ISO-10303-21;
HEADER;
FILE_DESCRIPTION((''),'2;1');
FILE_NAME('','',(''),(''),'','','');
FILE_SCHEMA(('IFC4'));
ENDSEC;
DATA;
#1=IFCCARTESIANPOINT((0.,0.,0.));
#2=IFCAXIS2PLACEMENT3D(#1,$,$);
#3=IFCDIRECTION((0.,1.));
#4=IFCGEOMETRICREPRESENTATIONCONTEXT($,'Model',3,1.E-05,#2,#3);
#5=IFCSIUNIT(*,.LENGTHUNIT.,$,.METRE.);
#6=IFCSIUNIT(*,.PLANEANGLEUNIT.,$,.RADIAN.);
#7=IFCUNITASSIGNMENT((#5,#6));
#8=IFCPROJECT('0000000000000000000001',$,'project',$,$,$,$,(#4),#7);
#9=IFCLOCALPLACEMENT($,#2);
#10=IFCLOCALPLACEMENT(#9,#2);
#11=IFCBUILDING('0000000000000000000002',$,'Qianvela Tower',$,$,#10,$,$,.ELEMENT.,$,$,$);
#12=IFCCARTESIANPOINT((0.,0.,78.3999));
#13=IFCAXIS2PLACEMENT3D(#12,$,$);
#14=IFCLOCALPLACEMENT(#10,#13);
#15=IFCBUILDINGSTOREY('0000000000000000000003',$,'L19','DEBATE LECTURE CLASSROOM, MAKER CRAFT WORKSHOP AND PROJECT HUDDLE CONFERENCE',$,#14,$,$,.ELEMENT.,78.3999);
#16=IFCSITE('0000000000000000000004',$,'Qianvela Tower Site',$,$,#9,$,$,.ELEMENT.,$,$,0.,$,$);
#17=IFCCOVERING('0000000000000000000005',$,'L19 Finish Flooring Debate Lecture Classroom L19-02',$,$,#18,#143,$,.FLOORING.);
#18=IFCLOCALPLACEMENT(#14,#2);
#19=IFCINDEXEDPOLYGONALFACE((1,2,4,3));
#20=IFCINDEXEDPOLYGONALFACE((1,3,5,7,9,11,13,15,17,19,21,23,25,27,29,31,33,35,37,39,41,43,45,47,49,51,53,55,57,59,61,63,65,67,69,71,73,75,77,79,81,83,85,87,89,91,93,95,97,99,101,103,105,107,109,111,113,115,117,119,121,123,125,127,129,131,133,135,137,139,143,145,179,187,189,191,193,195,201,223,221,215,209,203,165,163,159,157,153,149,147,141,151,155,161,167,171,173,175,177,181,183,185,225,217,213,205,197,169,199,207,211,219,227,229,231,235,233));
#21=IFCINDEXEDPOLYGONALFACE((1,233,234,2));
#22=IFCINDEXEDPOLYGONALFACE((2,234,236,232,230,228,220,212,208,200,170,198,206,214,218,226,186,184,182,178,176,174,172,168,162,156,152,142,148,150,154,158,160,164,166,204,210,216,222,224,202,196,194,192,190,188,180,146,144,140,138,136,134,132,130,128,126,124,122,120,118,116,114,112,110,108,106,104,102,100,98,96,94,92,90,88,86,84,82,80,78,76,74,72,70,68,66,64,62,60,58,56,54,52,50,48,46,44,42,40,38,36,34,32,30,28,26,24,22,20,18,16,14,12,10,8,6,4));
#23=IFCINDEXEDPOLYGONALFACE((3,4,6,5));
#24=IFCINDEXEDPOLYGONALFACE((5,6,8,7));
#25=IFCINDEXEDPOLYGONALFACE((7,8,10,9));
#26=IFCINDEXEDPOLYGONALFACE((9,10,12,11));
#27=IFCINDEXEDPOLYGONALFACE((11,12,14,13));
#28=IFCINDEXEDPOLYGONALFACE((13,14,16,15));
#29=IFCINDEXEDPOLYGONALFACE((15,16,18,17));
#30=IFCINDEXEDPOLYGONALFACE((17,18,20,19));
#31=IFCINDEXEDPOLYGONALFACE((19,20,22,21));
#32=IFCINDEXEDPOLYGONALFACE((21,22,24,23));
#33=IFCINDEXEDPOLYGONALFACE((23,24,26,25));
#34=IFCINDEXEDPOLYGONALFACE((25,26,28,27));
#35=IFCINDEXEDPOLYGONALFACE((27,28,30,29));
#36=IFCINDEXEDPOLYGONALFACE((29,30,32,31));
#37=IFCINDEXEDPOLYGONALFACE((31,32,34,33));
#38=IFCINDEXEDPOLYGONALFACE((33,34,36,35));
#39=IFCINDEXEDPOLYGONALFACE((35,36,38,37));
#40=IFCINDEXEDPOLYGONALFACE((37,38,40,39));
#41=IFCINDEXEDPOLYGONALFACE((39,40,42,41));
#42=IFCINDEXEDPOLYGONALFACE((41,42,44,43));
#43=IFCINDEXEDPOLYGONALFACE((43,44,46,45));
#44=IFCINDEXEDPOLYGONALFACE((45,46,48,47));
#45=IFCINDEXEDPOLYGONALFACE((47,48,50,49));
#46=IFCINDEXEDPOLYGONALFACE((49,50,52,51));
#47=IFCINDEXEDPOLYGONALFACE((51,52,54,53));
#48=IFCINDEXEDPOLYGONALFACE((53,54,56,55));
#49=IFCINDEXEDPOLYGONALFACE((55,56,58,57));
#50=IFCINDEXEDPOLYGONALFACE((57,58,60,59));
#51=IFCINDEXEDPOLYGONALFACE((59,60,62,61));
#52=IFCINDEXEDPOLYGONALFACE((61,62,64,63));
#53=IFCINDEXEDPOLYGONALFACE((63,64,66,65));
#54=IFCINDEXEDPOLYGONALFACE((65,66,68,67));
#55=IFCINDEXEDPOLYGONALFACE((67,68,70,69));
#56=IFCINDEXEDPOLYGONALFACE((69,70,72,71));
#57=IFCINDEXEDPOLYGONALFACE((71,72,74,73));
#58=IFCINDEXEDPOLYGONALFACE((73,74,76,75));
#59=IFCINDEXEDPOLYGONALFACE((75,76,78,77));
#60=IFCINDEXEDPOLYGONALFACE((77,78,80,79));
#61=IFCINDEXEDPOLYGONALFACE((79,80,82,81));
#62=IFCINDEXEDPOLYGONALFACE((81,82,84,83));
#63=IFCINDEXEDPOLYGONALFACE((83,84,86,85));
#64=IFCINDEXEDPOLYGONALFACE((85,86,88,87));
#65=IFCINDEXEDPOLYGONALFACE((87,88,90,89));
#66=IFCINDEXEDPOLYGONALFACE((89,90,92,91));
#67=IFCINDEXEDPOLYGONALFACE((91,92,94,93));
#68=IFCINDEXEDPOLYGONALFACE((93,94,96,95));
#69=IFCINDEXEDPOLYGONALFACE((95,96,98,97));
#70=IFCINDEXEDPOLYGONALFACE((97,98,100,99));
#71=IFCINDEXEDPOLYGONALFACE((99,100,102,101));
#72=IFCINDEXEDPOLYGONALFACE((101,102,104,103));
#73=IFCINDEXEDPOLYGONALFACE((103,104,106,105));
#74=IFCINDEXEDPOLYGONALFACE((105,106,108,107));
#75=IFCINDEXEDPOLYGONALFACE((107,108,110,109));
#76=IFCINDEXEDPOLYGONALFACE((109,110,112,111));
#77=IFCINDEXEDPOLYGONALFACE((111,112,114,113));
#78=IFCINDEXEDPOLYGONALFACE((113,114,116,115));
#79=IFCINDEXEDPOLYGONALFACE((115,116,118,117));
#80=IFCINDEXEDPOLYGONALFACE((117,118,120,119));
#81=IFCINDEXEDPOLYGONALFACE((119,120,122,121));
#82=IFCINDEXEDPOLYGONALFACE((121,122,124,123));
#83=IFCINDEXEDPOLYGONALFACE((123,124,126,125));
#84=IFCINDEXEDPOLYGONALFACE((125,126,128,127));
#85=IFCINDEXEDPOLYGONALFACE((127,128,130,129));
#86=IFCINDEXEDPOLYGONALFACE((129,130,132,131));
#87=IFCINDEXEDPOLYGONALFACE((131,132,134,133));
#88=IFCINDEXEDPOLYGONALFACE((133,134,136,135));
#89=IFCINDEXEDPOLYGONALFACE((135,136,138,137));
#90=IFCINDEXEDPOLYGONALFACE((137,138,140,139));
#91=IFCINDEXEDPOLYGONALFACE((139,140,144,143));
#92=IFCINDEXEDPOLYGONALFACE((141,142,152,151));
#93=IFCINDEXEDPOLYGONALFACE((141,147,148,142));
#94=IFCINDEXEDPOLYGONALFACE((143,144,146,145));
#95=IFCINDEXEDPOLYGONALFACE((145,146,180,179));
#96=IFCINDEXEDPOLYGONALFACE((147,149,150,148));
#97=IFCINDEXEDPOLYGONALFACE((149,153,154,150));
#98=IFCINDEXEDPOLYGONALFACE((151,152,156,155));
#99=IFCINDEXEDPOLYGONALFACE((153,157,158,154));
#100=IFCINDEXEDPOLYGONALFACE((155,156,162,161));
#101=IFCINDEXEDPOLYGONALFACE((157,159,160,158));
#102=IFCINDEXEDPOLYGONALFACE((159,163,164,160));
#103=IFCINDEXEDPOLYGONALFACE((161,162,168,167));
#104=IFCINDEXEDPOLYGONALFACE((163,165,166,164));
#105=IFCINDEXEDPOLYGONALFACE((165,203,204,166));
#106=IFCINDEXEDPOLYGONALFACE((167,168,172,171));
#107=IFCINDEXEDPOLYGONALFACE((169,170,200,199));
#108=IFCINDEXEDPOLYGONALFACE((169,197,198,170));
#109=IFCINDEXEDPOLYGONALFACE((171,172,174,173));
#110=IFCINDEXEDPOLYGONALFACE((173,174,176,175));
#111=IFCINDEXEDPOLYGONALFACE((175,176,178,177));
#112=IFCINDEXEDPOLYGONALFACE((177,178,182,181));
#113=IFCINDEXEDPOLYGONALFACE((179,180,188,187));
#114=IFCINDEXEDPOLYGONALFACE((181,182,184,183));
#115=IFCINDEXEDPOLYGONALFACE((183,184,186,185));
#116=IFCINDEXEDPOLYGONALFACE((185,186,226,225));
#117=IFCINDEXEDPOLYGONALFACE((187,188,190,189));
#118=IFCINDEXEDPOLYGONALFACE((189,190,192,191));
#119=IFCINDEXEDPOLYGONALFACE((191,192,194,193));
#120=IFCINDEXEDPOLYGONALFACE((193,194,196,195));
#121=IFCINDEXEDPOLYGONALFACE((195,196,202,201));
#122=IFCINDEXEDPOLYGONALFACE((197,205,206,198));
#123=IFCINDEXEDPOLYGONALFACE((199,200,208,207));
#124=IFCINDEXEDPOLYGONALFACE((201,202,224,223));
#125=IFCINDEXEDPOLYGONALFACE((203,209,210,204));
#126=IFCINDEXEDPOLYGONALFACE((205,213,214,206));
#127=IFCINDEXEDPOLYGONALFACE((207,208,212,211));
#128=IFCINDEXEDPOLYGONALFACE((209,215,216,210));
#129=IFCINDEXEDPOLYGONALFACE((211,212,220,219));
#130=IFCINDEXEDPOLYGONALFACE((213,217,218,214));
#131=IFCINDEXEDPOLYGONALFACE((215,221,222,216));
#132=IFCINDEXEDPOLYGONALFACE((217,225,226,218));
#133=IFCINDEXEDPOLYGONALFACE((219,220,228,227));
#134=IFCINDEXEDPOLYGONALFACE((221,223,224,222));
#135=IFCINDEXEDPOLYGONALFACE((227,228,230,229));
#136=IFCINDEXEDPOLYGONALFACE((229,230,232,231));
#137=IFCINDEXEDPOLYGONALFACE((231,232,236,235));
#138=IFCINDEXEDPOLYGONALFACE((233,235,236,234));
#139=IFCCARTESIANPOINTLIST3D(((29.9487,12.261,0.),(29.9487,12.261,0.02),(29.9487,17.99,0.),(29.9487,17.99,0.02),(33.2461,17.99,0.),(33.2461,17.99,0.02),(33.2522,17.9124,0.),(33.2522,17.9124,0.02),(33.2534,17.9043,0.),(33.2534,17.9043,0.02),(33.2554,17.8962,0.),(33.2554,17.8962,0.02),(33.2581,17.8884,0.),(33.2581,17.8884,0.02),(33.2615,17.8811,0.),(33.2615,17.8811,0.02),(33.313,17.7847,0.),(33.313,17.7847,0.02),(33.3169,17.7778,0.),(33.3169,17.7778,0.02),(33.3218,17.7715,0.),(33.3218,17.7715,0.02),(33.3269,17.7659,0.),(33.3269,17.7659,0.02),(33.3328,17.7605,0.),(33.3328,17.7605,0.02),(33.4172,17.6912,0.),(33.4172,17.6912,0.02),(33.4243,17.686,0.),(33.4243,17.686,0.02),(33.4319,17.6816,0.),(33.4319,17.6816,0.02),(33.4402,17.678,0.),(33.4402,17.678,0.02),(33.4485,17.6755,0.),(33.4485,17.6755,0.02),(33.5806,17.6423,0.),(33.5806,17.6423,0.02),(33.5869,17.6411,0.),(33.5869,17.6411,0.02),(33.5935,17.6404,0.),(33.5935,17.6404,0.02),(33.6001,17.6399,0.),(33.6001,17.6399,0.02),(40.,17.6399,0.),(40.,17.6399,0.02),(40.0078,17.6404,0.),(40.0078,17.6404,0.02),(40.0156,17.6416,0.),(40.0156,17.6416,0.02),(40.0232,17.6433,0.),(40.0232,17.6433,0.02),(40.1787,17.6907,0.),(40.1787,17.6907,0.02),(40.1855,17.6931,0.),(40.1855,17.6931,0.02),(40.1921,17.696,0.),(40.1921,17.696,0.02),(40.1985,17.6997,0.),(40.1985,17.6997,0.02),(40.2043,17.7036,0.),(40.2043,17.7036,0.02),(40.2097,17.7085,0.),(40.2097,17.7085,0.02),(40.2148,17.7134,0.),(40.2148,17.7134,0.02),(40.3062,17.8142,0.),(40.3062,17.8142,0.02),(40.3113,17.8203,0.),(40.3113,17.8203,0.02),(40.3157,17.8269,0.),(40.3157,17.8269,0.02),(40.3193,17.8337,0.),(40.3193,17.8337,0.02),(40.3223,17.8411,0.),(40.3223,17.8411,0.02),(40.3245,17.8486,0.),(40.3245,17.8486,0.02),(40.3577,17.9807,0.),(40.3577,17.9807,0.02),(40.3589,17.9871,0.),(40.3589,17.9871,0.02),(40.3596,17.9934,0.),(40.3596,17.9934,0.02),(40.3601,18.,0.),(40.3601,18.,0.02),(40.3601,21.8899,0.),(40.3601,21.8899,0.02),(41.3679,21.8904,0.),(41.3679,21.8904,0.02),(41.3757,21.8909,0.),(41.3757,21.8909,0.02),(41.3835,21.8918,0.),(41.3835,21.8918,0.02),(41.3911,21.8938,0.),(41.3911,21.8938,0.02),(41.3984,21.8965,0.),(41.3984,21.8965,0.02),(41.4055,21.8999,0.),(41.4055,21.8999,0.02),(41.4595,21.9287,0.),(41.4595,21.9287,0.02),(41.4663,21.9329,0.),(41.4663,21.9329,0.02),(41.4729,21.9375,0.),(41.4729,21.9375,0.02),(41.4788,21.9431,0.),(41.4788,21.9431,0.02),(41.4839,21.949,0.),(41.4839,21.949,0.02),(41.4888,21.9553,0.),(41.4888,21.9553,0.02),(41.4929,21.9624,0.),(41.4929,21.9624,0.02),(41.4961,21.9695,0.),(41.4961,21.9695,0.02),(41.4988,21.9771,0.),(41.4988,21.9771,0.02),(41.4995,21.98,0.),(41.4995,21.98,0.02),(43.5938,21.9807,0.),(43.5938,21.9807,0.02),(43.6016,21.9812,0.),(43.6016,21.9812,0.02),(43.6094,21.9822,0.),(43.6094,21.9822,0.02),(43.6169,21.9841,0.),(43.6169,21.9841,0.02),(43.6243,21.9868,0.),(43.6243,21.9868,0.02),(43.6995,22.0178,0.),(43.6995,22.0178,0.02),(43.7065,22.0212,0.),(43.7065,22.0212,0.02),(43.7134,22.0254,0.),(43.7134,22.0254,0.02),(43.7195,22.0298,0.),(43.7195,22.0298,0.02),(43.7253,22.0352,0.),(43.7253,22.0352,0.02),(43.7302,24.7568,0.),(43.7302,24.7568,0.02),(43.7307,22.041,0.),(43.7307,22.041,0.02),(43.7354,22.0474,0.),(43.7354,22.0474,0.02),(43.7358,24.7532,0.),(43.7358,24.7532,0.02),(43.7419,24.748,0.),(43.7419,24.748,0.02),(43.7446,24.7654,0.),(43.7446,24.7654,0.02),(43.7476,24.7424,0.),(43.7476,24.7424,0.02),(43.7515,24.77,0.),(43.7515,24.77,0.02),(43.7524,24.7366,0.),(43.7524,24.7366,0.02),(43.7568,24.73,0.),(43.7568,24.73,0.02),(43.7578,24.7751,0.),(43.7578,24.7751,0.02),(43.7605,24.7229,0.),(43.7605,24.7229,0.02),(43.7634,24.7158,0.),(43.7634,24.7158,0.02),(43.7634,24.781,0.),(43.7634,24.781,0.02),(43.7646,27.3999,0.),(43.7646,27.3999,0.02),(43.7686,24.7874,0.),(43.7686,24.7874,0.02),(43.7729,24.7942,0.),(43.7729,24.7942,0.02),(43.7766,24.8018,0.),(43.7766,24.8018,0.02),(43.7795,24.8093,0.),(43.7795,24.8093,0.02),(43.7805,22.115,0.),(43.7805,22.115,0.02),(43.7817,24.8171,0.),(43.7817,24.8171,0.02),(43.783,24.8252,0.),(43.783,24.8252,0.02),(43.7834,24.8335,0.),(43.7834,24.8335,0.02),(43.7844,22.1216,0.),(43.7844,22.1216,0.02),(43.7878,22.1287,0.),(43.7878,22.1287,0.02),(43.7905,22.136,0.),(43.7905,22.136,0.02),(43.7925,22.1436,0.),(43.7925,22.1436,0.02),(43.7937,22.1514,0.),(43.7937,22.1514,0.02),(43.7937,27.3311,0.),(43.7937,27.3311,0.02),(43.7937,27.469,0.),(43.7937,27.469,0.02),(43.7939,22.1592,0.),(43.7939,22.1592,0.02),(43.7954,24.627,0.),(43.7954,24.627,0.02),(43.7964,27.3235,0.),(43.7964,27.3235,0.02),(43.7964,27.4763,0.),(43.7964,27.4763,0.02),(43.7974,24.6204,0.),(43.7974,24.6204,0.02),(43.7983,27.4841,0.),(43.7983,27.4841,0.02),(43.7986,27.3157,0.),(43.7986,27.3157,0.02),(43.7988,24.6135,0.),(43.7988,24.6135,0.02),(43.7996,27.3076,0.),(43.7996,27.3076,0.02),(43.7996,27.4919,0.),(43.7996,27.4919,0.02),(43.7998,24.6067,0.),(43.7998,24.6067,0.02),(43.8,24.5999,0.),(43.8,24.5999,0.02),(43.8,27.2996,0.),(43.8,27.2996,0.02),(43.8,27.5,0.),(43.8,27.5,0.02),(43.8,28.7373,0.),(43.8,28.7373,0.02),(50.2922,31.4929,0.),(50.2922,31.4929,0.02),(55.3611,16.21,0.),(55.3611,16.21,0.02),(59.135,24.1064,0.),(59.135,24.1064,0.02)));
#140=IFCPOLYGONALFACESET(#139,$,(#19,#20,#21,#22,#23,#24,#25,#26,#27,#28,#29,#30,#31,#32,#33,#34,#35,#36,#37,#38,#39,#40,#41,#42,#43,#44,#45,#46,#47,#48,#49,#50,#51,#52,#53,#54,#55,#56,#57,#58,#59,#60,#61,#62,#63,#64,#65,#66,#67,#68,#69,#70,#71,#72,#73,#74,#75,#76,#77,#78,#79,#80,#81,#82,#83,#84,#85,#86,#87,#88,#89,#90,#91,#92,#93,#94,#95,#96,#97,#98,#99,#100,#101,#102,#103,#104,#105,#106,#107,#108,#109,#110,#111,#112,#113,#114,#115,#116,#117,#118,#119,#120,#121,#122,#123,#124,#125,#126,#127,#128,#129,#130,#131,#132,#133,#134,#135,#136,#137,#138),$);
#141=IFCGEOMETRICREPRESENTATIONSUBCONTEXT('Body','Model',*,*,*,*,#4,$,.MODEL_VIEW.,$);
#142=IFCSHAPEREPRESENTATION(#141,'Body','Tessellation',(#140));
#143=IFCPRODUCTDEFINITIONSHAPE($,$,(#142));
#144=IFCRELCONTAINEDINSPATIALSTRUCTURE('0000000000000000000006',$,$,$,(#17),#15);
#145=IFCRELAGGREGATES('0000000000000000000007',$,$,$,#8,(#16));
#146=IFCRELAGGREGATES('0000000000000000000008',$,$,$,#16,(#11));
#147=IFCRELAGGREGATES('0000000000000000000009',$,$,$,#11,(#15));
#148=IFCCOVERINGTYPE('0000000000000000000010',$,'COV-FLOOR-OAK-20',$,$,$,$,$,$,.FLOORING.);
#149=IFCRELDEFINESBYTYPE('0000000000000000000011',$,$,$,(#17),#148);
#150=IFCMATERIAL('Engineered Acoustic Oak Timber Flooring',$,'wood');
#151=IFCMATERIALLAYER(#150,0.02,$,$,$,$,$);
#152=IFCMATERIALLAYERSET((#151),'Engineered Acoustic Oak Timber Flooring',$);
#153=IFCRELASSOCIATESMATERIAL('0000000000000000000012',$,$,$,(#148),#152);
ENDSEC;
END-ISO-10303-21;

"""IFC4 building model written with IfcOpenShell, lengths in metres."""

from ifc_helpers import new_model, si_unit, direction, frame, origin, place, context, subcontext, project, spatial, polyline, outline, extrude, material, layer, layer_set, type_object, element, save


model = new_model("IFC4")

# Units and contexts
model_context = context("Model", 3, precision=1e-05, world=origin(), true_north=direction((0.0, 1.0)))
body_context = subcontext(model_context, "Body", "Model", "MODEL_VIEW")
ifc_project = project(units=[si_unit("LENGTHUNIT", "METRE"), si_unit("PLANEANGLEUNIT", "RADIAN")], contexts=[model_context])

# Site, building, storey
site_placement = place(None, origin())
site = spatial("IfcSite", under=ifc_project, at=site_placement, Name="Qianvela Tower Site", CompositionType="ELEMENT", RefElevation=0.0)
building_placement = place(site_placement, origin())
building = spatial("IfcBuilding", under=site, at=building_placement, Name="Qianvela Tower", CompositionType="ELEMENT")
storey_placement = place(building_placement, frame((0.0, 0.0, 78.3999)))
storey = spatial("IfcBuildingStorey", under=building, at=storey_placement, Name="L19", Description="DEBATE LECTURE CLASSROOM, MAKER CRAFT WORKSHOP AND PROJECT HUDDLE CONFERENCE", CompositionType="ELEMENT", Elevation=78.3999)

# Covering
ifc_material_1 = material(Name="Engineered Acoustic Oak Timber Flooring", Category="wood")
ifc_layer_1 = layer(ifc_material_1, 0.02)
ifc_layer_set_1 = layer_set([ifc_layer_1], Name="Engineered Acoustic Oak Timber Flooring")
covering_type_1 = type_object("IfcCoveringType", Name="COV-FLOOR-OAK-20", PredefinedType="FLOORING", material=ifc_layer_set_1)
covering_1_placement = place(storey_placement, origin())
element("IfcCovering", 1, at=covering_1_placement, inside=storey, type_object=covering_type_1, Name="L19 Finish Flooring Debate Lecture Classroom L19-02", PredefinedType="FLOORING", context=body_context, shape_type="SweptSolid", body=[
    extrude(outline(polyline([(33.2461, 17.99), (33.2522, 17.9124), (33.2534, 17.9043), (33.2554, 17.8962), (33.2581, 17.8884), (33.2615, 17.8811), (33.313, 17.7847), (33.3169, 17.7778), (33.3218, 17.7715), (33.3269, 17.7659), (33.3328, 17.7605), (33.4172, 17.6912), (33.4243, 17.686), (33.4319, 17.6816), (33.4402, 17.678), (33.4485, 17.6755), (33.5806, 17.6423), (33.5869, 17.6411), (33.5935, 17.6404), (33.6001, 17.6399), (40.0, 17.6399), (40.0078, 17.6404), (40.0156, 17.6416), (40.0232, 17.6433), (40.1787, 17.6907), (40.1855, 17.6931), (40.1921, 17.696), (40.1985, 17.6997), (40.2043, 17.7036), (40.2097, 17.7085), (40.2148, 17.7134), (40.3062, 17.8142), (40.3113, 17.8203), (40.3157, 17.8269), (40.3193, 17.8337), (40.3223, 17.8411), (40.3245, 17.8486), (40.3577, 17.9807), (40.3589, 17.9871), (40.3596, 17.9934), (40.3601, 18.0), (40.3601, 21.8899), (41.3679, 21.8904), (41.3757, 21.8909), (41.3835, 21.8918), (41.3911, 21.8938), (41.3984, 21.8965), (41.4055, 21.8999), (41.4595, 21.9287), (41.4663, 21.9329), (41.4729, 21.9375), (41.4788, 21.9431), (41.4839, 21.949), (41.4888, 21.9553), (41.4929, 21.9624), (41.4961, 21.9695), (41.4988, 21.9771), (41.4995, 21.98), (43.5938, 21.9807), (43.6016, 21.9812), (43.6094, 21.9822), (43.6169, 21.9841), (43.6243, 21.9868), (43.6995, 22.0178), (43.7065, 22.0212), (43.7134, 22.0254), (43.7195, 22.0298), (43.7253, 22.0352), (43.7307, 22.041), (43.7354, 22.0474), (43.7805, 22.115), (43.7844, 22.1216), (43.7878, 22.1287), (43.7905, 22.136), (43.7925, 22.1436), (43.7937, 22.1514), (43.7939, 22.1592), (43.8, 24.5999), (43.7998, 24.6067), (43.7988, 24.6135), (43.7974, 24.6204), (43.7954, 24.627), (43.7634, 24.7158), (43.7605, 24.7229), (43.7568, 24.73), (43.7524, 24.7366), (43.7476, 24.7424), (43.7419, 24.748), (43.7358, 24.7532), (43.7302, 24.7568), (43.7446, 24.7654), (43.7515, 24.77), (43.7578, 24.7751), (43.7634, 24.781), (43.7686, 24.7874), (43.7729, 24.7942), (43.7766, 24.8018), (43.7795, 24.8093), (43.7817, 24.8171), (43.783, 24.8252), (43.7834, 24.8335), (43.8, 27.2996), (43.7996, 27.3076), (43.7986, 27.3157), (43.7964, 27.3235), (43.7937, 27.3311), (43.7646, 27.3999), (43.7937, 27.469), (43.7964, 27.4763), (43.7983, 27.4841), (43.7996, 27.4919), (43.8, 27.5), (43.8, 28.7373), (50.2922, 31.4929), (59.135, 24.1064), (55.3611, 16.21), (29.9487, 12.261), (29.9487, 17.99), (33.2461, 17.99)])), origin(), (0.0, 0.0, 1.0), 0.02),
])

save(model, "model.ifc")
